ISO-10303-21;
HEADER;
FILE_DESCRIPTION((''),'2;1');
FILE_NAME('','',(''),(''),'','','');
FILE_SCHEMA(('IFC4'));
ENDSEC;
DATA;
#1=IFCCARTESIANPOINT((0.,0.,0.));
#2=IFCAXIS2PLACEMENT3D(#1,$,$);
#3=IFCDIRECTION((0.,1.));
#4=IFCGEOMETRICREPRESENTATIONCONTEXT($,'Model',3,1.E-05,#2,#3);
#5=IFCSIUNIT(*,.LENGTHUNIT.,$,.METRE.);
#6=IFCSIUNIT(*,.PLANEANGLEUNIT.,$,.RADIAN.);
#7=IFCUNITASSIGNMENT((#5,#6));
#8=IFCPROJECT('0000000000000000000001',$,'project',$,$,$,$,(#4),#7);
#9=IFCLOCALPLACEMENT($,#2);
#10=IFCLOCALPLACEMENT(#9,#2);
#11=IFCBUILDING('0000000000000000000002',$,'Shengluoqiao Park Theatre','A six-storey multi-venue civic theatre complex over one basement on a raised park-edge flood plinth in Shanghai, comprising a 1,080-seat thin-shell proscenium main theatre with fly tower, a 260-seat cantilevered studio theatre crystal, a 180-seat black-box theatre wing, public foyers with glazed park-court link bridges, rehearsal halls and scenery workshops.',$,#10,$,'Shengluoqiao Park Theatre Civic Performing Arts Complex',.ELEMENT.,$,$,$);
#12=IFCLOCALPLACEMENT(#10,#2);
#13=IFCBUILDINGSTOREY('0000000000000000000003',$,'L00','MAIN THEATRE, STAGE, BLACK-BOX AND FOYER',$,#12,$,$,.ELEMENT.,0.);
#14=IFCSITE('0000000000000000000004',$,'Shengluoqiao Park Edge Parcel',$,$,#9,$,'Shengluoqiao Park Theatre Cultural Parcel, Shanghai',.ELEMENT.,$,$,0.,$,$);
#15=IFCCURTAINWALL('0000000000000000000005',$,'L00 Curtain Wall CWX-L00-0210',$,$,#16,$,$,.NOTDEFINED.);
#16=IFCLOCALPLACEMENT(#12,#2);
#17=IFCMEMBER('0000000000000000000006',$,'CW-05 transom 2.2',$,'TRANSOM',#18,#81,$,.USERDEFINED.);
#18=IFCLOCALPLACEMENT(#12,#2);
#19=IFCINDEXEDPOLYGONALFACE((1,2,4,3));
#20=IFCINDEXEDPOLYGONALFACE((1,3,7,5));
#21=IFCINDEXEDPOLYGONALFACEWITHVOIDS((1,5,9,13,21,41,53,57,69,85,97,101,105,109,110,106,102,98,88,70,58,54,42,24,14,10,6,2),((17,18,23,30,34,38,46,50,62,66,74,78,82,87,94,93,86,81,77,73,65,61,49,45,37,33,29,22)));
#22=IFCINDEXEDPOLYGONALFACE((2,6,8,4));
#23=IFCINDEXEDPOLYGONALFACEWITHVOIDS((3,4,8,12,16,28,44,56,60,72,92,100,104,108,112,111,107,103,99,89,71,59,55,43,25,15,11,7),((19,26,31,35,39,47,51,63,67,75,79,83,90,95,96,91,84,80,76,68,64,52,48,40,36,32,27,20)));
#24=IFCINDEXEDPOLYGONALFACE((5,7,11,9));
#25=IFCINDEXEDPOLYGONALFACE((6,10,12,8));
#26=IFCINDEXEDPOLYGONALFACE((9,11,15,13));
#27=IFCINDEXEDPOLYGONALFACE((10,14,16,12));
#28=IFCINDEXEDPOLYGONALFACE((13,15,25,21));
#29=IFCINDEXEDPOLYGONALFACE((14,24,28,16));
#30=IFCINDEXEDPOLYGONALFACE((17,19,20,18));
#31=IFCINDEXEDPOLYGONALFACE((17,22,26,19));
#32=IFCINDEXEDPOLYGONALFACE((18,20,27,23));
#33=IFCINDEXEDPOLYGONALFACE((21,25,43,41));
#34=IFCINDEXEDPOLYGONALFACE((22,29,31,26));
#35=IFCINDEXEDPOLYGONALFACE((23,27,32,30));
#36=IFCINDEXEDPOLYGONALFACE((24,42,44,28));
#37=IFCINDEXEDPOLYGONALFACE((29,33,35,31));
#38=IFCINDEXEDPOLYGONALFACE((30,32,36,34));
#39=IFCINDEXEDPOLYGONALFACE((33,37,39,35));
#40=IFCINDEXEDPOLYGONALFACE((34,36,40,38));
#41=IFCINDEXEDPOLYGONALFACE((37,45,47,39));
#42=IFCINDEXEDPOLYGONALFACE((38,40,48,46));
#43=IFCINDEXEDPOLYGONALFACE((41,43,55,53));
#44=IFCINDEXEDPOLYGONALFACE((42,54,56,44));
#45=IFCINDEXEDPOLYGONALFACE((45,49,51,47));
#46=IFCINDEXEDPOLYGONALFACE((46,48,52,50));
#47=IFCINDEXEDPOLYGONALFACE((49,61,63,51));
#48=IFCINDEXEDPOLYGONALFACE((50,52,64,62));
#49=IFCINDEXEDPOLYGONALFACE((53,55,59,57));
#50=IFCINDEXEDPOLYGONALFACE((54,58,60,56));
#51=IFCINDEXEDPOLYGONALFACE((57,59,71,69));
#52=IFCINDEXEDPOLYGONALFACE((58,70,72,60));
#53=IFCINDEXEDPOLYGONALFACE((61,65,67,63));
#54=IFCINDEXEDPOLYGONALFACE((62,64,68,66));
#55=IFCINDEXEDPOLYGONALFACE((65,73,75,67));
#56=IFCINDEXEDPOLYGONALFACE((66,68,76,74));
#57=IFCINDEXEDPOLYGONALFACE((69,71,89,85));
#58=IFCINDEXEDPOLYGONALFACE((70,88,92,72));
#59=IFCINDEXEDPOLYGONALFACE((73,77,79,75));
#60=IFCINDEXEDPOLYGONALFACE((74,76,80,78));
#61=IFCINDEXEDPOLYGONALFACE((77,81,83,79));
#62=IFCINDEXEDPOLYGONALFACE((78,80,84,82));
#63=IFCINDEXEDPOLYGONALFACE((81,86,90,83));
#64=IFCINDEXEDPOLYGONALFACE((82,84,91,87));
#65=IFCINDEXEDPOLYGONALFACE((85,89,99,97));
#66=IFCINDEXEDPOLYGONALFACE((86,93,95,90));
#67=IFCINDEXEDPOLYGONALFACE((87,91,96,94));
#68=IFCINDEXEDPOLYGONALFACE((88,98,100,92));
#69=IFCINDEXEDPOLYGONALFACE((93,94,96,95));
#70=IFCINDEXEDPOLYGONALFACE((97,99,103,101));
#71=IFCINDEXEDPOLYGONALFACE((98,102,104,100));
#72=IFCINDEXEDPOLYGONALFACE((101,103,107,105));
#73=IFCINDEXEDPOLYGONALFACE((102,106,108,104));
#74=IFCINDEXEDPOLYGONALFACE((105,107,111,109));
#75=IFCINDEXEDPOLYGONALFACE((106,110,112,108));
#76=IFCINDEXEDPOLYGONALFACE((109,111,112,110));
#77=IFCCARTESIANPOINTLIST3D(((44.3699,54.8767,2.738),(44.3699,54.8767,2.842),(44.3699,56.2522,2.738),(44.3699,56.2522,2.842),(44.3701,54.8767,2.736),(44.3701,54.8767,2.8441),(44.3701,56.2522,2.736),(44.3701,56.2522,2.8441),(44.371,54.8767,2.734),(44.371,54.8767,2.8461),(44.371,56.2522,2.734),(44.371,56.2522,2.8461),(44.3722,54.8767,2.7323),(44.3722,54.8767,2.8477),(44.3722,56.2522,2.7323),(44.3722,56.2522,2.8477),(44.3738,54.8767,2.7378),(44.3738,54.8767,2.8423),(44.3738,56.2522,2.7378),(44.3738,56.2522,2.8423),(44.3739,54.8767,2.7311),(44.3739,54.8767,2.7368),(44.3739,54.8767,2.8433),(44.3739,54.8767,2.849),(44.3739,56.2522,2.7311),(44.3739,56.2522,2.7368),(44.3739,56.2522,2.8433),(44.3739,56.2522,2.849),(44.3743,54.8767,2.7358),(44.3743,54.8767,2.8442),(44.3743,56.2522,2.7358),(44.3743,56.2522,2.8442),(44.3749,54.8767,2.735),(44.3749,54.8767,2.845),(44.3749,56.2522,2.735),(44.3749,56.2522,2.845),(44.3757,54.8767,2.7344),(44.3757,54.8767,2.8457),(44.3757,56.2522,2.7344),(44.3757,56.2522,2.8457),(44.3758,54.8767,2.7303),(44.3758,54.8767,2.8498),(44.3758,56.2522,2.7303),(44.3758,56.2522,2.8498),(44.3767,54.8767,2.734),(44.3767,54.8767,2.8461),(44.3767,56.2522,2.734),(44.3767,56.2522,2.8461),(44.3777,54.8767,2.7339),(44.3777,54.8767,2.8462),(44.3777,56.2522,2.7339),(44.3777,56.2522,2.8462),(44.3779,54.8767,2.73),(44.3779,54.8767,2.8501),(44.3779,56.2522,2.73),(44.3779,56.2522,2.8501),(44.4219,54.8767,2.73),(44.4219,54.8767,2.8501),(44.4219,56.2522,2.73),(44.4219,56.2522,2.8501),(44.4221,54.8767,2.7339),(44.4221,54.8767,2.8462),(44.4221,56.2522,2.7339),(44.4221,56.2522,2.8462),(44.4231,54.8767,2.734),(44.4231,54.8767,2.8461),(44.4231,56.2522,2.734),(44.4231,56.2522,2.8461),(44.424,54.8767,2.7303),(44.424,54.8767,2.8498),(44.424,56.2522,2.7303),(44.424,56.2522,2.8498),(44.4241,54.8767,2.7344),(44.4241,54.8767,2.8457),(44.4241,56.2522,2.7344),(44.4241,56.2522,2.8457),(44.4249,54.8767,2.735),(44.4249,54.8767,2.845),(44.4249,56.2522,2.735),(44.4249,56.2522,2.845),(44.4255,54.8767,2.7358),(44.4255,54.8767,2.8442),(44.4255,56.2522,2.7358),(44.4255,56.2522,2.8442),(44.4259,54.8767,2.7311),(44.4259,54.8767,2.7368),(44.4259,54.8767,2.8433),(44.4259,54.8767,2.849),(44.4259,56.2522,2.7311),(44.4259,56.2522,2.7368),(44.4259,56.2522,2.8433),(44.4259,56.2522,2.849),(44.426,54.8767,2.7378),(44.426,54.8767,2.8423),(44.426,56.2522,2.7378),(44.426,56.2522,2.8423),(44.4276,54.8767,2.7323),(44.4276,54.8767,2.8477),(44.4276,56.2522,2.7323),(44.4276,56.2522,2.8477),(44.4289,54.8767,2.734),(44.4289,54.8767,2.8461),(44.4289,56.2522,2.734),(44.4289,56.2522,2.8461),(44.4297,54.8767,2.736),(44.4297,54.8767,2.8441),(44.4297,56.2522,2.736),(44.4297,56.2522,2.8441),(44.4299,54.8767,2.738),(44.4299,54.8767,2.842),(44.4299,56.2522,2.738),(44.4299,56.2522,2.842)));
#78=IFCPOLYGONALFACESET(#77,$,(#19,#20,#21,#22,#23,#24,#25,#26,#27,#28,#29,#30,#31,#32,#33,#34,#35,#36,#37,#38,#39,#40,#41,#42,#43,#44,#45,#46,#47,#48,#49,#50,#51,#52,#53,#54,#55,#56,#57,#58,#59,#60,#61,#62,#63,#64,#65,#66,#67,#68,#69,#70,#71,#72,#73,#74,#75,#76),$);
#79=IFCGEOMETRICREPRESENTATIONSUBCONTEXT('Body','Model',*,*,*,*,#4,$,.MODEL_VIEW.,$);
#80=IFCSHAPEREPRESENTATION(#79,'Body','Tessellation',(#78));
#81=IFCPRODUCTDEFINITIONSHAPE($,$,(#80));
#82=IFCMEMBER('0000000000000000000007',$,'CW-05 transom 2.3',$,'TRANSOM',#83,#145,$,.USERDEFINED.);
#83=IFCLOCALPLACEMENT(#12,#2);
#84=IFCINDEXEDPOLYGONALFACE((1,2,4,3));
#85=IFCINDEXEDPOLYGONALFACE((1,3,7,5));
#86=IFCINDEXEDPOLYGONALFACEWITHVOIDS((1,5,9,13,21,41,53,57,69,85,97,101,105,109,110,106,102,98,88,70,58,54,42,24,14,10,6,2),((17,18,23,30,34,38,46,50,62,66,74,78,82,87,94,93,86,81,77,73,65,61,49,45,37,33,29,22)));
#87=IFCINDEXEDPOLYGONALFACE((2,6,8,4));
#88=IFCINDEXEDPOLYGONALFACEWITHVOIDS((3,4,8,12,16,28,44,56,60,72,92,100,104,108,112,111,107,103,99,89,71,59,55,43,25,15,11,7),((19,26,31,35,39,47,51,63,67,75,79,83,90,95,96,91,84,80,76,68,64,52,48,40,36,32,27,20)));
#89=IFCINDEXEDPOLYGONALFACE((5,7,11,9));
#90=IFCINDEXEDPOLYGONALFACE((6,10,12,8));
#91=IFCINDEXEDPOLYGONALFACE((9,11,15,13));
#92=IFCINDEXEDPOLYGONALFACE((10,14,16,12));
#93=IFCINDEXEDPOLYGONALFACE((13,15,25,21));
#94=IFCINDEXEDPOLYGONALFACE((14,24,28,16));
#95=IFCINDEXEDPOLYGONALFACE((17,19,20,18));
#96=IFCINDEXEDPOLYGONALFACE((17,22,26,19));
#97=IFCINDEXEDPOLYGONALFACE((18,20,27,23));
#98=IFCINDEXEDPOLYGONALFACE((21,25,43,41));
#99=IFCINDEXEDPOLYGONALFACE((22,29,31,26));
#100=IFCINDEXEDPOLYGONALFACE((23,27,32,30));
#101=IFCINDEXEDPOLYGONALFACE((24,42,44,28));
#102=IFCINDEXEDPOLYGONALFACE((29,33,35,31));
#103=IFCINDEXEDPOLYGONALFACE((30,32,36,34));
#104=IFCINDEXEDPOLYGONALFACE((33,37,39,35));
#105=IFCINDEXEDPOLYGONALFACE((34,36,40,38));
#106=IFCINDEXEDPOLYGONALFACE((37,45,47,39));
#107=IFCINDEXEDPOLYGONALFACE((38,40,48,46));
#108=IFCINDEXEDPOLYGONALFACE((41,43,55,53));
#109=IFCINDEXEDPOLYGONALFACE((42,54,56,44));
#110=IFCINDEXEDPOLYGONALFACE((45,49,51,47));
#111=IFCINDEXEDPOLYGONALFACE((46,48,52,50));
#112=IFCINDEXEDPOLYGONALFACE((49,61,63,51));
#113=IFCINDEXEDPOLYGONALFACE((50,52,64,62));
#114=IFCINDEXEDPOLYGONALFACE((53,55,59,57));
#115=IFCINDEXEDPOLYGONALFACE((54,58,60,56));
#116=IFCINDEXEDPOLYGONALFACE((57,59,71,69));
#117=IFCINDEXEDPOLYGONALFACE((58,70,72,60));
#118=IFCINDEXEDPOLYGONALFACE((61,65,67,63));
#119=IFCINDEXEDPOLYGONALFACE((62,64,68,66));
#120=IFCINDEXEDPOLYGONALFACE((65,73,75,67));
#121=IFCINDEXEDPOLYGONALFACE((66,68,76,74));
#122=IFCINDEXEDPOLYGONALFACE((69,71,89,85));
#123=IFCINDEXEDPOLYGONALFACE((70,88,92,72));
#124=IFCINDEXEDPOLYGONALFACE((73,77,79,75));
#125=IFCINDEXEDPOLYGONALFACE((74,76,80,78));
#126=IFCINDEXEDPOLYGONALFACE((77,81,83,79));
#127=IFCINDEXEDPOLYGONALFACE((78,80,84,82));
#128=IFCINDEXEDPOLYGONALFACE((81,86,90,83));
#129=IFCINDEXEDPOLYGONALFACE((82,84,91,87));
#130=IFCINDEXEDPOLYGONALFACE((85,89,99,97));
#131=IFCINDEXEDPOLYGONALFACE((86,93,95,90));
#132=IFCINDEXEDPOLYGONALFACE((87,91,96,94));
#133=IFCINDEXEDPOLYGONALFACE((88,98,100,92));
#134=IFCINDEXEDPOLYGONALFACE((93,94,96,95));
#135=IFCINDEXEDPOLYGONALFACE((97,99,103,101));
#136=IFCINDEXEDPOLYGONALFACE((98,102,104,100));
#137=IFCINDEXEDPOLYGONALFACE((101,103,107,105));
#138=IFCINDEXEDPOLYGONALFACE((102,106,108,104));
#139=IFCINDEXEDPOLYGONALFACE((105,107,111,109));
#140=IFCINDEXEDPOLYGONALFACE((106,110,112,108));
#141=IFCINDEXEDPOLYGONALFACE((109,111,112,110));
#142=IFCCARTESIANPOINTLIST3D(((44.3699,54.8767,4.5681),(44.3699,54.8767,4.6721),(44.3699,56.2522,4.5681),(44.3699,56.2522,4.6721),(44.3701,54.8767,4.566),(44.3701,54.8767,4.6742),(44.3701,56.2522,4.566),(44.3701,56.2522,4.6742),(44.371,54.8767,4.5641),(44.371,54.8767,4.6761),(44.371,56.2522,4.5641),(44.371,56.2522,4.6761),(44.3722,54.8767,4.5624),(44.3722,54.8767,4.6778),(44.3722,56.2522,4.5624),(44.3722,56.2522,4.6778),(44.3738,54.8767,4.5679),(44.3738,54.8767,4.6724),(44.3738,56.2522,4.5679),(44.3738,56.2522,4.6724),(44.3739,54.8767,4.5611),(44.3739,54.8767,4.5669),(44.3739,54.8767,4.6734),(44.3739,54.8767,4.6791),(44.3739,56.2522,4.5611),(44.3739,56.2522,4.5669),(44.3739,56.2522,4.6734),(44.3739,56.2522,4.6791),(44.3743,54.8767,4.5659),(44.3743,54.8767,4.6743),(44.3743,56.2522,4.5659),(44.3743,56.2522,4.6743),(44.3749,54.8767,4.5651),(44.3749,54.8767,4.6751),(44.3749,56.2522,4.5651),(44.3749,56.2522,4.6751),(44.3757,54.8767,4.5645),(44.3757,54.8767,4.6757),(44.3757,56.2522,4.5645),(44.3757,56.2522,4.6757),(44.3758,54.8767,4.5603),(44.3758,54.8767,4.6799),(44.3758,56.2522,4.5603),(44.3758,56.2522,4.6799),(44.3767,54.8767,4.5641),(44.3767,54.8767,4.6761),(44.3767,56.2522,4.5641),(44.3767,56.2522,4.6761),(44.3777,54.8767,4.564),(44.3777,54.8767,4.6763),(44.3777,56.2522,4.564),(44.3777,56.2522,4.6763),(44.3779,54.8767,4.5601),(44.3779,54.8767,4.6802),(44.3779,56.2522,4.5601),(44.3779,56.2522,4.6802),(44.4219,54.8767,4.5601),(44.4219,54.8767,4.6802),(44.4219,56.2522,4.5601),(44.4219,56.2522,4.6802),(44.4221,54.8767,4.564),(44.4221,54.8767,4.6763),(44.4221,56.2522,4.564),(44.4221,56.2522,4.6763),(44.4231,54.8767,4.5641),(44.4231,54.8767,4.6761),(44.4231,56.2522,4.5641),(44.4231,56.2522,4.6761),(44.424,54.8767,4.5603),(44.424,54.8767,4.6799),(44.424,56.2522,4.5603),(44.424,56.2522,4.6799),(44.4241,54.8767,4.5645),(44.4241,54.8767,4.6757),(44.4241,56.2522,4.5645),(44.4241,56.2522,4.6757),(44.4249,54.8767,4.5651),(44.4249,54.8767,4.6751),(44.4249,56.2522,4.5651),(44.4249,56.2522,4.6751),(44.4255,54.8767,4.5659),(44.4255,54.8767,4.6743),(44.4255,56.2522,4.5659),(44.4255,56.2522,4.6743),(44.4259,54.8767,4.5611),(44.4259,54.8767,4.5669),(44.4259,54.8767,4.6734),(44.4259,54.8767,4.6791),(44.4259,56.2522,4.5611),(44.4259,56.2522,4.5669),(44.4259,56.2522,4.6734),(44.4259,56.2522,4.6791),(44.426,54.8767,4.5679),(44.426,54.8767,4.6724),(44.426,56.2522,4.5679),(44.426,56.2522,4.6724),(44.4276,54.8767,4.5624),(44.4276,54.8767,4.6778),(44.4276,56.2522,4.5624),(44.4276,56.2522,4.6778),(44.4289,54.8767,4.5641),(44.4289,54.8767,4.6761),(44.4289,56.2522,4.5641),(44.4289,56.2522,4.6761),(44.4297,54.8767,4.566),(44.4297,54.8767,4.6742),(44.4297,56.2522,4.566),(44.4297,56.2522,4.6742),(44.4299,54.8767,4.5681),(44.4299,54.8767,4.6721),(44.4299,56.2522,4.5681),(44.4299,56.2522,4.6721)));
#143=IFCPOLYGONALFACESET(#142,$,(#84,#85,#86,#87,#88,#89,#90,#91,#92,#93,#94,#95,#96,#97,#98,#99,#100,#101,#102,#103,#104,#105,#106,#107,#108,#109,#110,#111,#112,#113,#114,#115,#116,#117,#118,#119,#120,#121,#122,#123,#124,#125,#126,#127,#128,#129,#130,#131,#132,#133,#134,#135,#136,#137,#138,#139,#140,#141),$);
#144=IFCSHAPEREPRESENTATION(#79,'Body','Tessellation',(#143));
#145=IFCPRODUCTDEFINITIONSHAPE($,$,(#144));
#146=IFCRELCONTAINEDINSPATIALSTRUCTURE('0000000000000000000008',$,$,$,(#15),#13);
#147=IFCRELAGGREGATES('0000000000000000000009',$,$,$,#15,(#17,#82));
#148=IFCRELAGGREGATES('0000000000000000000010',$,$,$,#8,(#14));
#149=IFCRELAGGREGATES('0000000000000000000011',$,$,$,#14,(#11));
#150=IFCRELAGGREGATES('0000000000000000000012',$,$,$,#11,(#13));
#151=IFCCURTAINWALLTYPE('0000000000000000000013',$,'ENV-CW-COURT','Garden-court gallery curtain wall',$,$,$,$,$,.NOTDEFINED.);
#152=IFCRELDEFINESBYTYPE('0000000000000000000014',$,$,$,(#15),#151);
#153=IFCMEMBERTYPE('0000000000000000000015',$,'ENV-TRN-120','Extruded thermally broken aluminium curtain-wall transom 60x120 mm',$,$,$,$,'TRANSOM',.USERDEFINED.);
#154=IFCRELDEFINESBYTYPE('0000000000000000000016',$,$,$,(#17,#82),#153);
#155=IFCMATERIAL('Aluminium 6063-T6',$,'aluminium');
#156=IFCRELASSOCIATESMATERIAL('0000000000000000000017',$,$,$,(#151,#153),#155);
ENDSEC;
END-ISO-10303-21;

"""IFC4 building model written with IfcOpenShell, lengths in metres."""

from ifc_helpers import new_model, si_unit, direction, frame, origin, origin_2d, place, context, subcontext, project, spatial, hollow_rectangle, extrude, material, material_profile, profile_set, type_object, element, aggregate, save


model = new_model("IFC4")

# Units and contexts
model_context = context("Model", 3, precision=1e-05, world=origin(), true_north=direction((0.0, 1.0)))
body_context = subcontext(model_context, "Body", "Model", "MODEL_VIEW")
ifc_project = project(units=[si_unit("LENGTHUNIT", "METRE"), si_unit("PLANEANGLEUNIT", "RADIAN")], contexts=[model_context])

# Site, building, storey
site_placement = place(None, origin())
site = spatial("IfcSite", under=ifc_project, at=site_placement, Name="Shengluoqiao Park Edge Parcel", LongName="Shengluoqiao Park Theatre Cultural Parcel, Shanghai", CompositionType="ELEMENT", RefElevation=0.0)
building_placement = place(site_placement, origin())
building = spatial("IfcBuilding", under=site, at=building_placement, Name="Shengluoqiao Park Theatre", Description="A six-storey multi-venue civic theatre complex over one basement on a raised park-edge flood plinth in Shanghai, comprising a 1,080-seat thin-shell proscenium main theatre with fly tower, a 260-seat cantilevered studio theatre crystal, a 180-seat black-box theatre wing, public foyers with glazed park-court link bridges, rehearsal halls and scenery workshops.", LongName="Shengluoqiao Park Theatre Civic Performing Arts Complex", CompositionType="ELEMENT")
storey_placement = place(building_placement, origin())
storey = spatial("IfcBuildingStorey", under=building, at=storey_placement, Name="L00", Description="MAIN THEATRE, STAGE, BLACK-BOX AND FOYER", CompositionType="ELEMENT", Elevation=0.0)

# Curtain wall, members
ifc_material_1 = material(Name="Aluminium 6063-T6", Category="aluminium")
curtain_wall_type = type_object("IfcCurtainWallType", Name="ENV-CW-COURT", Description="Garden-court gallery curtain wall", PredefinedType="NOTDEFINED", material=ifc_material_1)
curtain_wall_placement = place(storey_placement, origin())
curtain_wall = element("IfcCurtainWall", 1, at=curtain_wall_placement, inside=storey, type_object=curtain_wall_type, Name="L00 Curtain Wall CWX-L00-0210", PredefinedType="NOTDEFINED")
ifc_material_profile_1 = material_profile(ifc_material_1, hollow_rectangle(XDim=0.0601, YDim=0.1201, WallThickness=0.0039, InnerFilletRadius=0.0039, OuterFilletRadius=0.0081, at=origin_2d()), Name="ALU TRANSOM 120x60x4")
ifc_profile_set_1 = profile_set([ifc_material_profile_1], Name="Aluminium 6063-T6")
member_type_1 = type_object("IfcMemberType", Name="ENV-TRN-120", Description="Extruded thermally broken aluminium curtain-wall transom 60x120 mm", ElementType="TRANSOM", PredefinedType="USERDEFINED", material=ifc_profile_set_1)
member_1_placement = place(storey_placement, frame((44.3999, 54.8767, 2.79), z_axis=(0.0, 1.0, 0.0), x_axis=(-1.0, 0.0, 0.0)))
member_1 = element("IfcMember", 2, at=member_1_placement, type_object=member_type_1, Name="CW-05 transom 2.2", ObjectType="TRANSOM", PredefinedType="USERDEFINED", context=body_context, shape_type="SweptSolid", body=[
    extrude(hollow_rectangle(XDim=0.0601, YDim=0.1201, WallThickness=0.0039, InnerFilletRadius=0.0039, OuterFilletRadius=0.0081, at=origin_2d()), origin(), (0.0, 0.0, 1.0), 1.3755),
])
member_2_placement = place(storey_placement, frame((44.3999, 54.8767, 4.6201), z_axis=(0.0, 1.0, 0.0), x_axis=(-1.0, 0.0, 0.0)))
member_2 = element("IfcMember", 3, at=member_2_placement, type_object=member_type_1, Name="CW-05 transom 2.3", ObjectType="TRANSOM", PredefinedType="USERDEFINED", context=body_context, shape_type="SweptSolid", body=[
    extrude(hollow_rectangle(XDim=0.0601, YDim=0.1201, WallThickness=0.0039, InnerFilletRadius=0.0039, OuterFilletRadius=0.0081, at=origin_2d()), origin(), (0.0, 0.0, 1.0), 1.3755),
])
aggregate(curtain_wall, [member_1, member_2])

save(model, "model.ifc")
